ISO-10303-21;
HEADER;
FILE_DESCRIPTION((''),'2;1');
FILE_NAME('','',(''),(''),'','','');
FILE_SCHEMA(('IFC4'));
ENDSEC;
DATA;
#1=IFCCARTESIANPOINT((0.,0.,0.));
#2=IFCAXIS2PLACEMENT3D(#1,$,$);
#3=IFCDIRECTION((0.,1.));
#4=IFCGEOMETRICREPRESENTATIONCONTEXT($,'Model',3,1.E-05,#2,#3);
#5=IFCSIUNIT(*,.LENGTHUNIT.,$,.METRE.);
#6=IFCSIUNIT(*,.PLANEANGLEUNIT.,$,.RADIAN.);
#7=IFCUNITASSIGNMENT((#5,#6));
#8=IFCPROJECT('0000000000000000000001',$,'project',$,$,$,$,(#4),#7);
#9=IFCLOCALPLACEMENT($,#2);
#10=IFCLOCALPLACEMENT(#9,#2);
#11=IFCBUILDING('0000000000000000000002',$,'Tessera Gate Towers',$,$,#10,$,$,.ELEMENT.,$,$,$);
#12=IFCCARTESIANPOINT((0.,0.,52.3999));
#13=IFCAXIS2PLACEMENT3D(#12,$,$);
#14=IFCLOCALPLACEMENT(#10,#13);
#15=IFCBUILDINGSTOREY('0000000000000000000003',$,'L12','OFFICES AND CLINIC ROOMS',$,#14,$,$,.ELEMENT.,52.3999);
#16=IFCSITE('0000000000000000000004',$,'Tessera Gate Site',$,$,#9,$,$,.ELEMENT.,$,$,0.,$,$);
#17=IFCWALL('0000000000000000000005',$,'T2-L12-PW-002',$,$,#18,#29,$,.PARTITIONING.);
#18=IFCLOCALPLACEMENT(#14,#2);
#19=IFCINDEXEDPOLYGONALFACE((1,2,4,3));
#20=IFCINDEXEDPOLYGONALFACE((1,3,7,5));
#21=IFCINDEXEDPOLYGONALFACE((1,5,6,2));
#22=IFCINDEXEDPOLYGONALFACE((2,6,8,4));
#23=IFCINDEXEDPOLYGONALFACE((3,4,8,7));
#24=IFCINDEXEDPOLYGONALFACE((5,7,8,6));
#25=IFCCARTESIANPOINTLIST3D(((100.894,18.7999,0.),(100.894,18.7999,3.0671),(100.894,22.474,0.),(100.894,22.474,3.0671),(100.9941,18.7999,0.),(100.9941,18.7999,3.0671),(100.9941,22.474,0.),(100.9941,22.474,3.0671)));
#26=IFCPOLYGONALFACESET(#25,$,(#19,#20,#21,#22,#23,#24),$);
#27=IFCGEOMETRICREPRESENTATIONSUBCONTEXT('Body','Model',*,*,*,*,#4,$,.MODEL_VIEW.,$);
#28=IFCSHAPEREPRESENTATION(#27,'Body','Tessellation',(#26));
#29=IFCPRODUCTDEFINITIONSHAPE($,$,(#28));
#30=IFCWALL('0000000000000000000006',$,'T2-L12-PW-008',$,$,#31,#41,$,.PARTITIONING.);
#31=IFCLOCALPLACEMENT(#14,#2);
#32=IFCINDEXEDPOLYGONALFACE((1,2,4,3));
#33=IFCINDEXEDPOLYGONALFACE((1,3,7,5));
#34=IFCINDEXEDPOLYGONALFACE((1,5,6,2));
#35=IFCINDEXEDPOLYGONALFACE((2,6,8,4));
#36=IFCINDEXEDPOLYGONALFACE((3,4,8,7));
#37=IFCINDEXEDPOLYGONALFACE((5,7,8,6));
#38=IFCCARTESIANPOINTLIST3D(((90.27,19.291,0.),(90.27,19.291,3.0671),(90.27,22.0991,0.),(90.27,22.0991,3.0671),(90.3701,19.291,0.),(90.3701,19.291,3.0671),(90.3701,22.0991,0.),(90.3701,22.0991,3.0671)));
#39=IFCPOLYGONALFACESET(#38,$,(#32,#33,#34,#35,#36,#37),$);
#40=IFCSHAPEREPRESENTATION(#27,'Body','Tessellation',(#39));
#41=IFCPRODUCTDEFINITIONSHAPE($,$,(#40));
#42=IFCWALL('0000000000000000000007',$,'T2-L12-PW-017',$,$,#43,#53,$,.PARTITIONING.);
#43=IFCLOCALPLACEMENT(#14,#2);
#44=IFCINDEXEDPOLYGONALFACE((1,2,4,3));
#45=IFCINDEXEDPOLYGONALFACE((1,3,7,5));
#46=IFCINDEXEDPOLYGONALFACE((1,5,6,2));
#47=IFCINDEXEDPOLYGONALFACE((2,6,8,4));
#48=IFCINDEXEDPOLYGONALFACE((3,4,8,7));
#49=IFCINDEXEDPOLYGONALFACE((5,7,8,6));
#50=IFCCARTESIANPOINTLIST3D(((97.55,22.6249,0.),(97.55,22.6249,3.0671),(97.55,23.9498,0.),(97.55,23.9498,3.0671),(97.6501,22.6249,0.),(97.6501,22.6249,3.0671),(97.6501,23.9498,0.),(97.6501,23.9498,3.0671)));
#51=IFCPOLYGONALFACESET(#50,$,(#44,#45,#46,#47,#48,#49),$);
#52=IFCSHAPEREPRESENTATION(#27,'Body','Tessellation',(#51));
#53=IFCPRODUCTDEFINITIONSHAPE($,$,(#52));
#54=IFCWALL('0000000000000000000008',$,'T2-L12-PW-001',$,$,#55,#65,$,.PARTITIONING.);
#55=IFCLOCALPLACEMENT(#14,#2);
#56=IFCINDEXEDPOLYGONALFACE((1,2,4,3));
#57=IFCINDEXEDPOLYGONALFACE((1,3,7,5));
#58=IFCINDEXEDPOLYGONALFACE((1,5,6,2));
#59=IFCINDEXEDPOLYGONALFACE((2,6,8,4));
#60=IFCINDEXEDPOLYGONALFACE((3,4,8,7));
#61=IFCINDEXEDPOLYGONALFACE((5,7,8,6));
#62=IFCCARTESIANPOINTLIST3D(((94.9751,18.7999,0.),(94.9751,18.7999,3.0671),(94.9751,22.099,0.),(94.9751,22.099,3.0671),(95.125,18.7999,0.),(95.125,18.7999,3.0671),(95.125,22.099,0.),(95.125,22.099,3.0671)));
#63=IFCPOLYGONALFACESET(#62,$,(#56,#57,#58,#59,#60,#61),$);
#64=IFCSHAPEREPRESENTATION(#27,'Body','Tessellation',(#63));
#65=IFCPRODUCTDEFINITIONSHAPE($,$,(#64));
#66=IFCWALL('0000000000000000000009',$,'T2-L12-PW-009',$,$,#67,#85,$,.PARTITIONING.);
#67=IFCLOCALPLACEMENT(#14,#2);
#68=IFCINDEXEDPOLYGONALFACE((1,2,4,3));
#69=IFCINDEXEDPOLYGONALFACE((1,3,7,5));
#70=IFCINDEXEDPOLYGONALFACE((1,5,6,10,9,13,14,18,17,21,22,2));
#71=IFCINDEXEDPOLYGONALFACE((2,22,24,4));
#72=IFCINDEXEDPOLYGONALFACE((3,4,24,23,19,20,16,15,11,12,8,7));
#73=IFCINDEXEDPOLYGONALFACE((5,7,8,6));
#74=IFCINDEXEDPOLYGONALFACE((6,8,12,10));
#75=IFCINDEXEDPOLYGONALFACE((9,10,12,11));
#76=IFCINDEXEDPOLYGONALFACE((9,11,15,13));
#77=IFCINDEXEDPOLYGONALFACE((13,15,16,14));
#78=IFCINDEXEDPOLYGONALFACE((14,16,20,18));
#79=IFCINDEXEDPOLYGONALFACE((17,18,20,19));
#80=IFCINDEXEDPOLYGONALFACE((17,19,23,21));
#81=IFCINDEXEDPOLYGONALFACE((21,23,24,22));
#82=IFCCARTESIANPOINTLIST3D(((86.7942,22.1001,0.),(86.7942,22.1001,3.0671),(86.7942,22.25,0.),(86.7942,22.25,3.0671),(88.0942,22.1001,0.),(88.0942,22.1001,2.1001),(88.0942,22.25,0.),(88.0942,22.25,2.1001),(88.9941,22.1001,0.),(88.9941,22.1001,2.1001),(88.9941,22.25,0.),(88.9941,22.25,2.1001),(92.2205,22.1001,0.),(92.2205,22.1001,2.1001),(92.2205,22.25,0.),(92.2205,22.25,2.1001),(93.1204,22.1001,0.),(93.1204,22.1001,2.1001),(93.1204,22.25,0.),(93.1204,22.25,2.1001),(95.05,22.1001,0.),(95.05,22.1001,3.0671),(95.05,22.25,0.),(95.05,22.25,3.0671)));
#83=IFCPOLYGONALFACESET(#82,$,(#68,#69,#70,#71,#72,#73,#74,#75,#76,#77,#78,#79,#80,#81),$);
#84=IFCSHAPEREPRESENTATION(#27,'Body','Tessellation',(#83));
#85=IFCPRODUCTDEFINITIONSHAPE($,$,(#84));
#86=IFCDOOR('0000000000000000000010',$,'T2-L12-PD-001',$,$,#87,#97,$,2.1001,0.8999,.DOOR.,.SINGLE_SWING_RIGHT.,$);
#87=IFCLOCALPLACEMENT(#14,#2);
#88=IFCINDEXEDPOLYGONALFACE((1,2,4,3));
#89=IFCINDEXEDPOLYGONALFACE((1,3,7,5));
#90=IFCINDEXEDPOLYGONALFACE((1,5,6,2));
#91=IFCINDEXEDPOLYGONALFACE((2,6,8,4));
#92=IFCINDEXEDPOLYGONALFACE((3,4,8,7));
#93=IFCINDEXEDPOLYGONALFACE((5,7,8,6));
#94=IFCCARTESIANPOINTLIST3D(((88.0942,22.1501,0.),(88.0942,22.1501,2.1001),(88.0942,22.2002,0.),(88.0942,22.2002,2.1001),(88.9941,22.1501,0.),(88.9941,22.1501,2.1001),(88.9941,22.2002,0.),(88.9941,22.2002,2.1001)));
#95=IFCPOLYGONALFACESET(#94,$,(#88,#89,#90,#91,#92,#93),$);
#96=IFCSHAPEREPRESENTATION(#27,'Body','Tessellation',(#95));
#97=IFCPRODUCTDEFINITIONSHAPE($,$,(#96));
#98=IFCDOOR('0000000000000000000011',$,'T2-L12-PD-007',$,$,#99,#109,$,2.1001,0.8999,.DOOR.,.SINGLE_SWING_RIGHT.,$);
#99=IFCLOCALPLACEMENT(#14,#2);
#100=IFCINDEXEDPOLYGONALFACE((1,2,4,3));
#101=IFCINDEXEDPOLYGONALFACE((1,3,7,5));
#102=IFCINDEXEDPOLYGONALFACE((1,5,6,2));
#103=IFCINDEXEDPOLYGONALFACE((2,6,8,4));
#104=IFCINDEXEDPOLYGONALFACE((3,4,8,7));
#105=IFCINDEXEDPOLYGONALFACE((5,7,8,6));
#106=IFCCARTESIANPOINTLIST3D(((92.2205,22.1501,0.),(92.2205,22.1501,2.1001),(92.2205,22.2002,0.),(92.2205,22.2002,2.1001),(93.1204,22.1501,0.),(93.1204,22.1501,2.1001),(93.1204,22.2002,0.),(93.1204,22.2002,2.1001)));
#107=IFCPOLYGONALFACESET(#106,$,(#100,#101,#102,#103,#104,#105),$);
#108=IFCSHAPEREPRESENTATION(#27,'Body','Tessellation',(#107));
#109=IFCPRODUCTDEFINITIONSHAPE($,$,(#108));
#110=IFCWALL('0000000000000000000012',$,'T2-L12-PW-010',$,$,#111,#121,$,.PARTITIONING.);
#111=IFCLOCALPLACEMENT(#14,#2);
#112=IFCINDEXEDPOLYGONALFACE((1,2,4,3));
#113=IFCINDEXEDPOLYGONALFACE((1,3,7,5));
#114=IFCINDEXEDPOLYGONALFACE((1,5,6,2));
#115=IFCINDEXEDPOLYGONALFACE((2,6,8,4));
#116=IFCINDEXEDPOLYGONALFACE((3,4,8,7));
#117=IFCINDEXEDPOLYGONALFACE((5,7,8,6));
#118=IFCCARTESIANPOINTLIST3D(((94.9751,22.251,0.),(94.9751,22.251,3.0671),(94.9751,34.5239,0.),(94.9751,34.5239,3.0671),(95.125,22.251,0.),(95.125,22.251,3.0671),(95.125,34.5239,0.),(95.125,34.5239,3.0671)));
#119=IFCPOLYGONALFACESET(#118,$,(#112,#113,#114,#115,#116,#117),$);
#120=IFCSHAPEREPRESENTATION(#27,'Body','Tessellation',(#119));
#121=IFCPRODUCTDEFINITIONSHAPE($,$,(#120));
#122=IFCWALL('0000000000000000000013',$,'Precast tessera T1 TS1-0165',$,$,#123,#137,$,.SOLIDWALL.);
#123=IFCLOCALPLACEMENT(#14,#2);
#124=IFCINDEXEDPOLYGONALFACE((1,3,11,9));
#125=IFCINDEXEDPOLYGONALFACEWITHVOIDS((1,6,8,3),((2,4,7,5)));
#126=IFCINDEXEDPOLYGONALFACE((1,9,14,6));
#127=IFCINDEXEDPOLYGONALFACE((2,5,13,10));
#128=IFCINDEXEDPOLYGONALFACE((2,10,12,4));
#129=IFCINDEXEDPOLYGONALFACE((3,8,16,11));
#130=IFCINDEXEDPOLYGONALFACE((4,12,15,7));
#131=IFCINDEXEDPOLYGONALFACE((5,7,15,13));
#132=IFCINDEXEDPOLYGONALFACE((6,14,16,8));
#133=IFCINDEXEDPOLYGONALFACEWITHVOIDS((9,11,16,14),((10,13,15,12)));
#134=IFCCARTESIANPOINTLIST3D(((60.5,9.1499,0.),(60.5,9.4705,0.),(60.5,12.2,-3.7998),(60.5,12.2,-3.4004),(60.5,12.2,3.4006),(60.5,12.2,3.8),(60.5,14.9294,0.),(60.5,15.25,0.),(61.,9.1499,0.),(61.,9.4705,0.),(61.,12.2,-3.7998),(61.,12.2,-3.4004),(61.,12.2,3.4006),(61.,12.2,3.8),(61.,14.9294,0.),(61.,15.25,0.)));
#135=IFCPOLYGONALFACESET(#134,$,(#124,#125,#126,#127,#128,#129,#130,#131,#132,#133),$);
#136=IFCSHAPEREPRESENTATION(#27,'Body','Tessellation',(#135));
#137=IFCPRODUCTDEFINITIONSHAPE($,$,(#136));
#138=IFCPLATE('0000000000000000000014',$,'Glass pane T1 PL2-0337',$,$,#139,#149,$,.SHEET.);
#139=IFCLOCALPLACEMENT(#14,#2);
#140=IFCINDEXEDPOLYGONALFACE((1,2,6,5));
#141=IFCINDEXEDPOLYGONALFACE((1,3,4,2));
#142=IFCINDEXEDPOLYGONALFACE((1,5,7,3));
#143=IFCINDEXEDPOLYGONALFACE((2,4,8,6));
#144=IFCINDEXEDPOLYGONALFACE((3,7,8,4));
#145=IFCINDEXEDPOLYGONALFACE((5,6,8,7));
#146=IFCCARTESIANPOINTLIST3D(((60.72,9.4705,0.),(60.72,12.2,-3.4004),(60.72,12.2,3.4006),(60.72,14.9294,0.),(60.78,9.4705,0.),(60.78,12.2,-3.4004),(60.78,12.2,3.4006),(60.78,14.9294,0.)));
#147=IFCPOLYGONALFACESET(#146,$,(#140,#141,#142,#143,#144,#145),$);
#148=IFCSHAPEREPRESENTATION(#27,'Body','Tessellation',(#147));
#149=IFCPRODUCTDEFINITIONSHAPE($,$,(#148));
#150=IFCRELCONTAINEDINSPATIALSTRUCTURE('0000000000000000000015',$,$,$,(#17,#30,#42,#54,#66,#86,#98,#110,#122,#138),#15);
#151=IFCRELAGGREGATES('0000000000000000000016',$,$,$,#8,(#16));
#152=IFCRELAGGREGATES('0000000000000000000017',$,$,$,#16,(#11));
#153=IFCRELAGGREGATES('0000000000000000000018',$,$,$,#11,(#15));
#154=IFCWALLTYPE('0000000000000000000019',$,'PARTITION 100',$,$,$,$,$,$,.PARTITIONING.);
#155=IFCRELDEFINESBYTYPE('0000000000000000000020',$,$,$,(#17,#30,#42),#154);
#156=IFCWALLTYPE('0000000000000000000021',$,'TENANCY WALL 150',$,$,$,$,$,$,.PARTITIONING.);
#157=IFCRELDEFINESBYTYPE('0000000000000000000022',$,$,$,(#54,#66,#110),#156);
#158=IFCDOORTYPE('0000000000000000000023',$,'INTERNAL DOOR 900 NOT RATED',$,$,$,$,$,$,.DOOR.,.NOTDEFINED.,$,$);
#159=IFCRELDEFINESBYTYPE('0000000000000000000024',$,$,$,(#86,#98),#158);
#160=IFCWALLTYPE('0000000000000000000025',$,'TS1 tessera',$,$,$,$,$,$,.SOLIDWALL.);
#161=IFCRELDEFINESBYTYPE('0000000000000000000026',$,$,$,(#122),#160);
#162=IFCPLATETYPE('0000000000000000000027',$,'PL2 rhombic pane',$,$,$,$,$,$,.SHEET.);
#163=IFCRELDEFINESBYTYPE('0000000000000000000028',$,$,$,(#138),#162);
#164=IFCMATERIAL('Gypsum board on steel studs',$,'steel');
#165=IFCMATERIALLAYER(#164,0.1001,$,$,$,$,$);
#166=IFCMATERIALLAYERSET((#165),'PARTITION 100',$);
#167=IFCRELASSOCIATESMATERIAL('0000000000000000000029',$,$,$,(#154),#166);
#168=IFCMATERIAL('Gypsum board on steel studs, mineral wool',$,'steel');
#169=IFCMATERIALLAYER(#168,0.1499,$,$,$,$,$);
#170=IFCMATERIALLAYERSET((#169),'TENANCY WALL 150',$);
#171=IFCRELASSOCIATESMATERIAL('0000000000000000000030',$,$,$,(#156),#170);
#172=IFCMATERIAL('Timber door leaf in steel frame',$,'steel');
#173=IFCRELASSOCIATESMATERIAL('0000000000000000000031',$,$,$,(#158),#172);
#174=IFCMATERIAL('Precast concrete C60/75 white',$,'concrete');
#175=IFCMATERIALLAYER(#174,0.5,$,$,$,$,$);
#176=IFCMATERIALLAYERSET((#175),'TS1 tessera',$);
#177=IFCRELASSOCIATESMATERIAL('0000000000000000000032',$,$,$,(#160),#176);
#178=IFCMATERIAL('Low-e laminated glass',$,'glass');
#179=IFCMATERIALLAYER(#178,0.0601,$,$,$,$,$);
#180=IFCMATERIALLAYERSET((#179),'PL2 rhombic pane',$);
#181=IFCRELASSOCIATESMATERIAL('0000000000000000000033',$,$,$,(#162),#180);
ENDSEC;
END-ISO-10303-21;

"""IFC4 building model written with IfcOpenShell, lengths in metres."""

from ifc_helpers import new_model, si_unit, direction, frame, frame_2d, origin, place, context, subcontext, project, spatial, polyline, rectangle, outline, extrude, source, transform, mapped, material, layer, layer_set, type_object, element, fill, save


model = new_model("IFC4")

# Units and contexts
model_context = context("Model", 3, precision=1e-05, world=origin(), true_north=direction((0.0, 1.0)))
body_context = subcontext(model_context, "Body", "Model", "MODEL_VIEW")
ifc_project = project(units=[si_unit("LENGTHUNIT", "METRE"), si_unit("PLANEANGLEUNIT", "RADIAN")], contexts=[model_context])

# Site, building, storey
site_placement = place(None, origin())
site = spatial("IfcSite", under=ifc_project, at=site_placement, Name="Tessera Gate Site", CompositionType="ELEMENT", RefElevation=0.0)
building_placement = place(site_placement, origin())
building = spatial("IfcBuilding", under=site, at=building_placement, Name="Tessera Gate Towers", CompositionType="ELEMENT")
storey_placement = place(building_placement, frame((0.0, 0.0, 52.3999)))
storey = spatial("IfcBuildingStorey", under=building, at=storey_placement, Name="L12", Description="OFFICES AND CLINIC ROOMS", CompositionType="ELEMENT", Elevation=52.3999)

# Walls
ifc_material_1 = material(Name="Gypsum board on steel studs", Category="steel")
ifc_layer_1 = layer(ifc_material_1, 0.1001)
ifc_layer_set_1 = layer_set([ifc_layer_1], Name="PARTITION 100")
wall_type_1 = type_object("IfcWallType", Name="PARTITION 100", PredefinedType="PARTITIONING", material=ifc_layer_set_1)
wall_1_placement = place(storey_placement, frame((100.9441, 18.8, 0.0), z_axis=(0.0, 0.0, 1.0), x_axis=(0.0, 1.0, 0.0)))
element("IfcWall", 1, at=wall_1_placement, inside=storey, type_object=wall_type_1, Name="T2-L12-PW-002", PredefinedType="PARTITIONING", context=body_context, shape_type="SweptSolid", body=[
    extrude(rectangle(XDim=3.6741, YDim=0.1001, at=frame_2d((1.8369, 0.0))), origin(), (0.0, 0.0, 1.0), 3.0671),
])
wall_2_placement = place(storey_placement, frame((90.3201, 19.291, 0.0), z_axis=(0.0, 0.0, 1.0), x_axis=(0.0, 1.0, 0.0)))
element("IfcWall", 2, at=wall_2_placement, inside=storey, type_object=wall_type_1, Name="T2-L12-PW-008", PredefinedType="PARTITIONING", context=body_context, shape_type="SweptSolid", body=[
    extrude(rectangle(XDim=2.8081, YDim=0.1001, at=frame_2d((1.4041, 0.0))), origin(), (0.0, 0.0, 1.0), 3.0671),
])
wall_3_placement = place(storey_placement, frame((97.6001, 23.95, 0.0), z_axis=(0.0, 0.0, 1.0), x_axis=(0.0, -1.0, 0.0)))
element("IfcWall", 3, at=wall_3_placement, inside=storey, type_object=wall_type_1, Name="T2-L12-PW-017", PredefinedType="PARTITIONING", context=body_context, shape_type="SweptSolid", body=[
    extrude(rectangle(XDim=1.325, YDim=0.1001, at=frame_2d((0.6626, 0.0))), origin(), (0.0, 0.0, 1.0), 3.0671),
])
ifc_material_2 = material(Name="Gypsum board on steel studs, mineral wool", Category="steel")
ifc_layer_2 = layer(ifc_material_2, 0.1499)
ifc_layer_set_2 = layer_set([ifc_layer_2], Name="TENANCY WALL 150")
wall_type_2 = type_object("IfcWallType", Name="TENANCY WALL 150", PredefinedType="PARTITIONING", material=ifc_layer_set_2)
wall_4_placement = place(storey_placement, frame((95.05, 18.8, 0.0), z_axis=(0.0, 0.0, 1.0), x_axis=(0.0, 1.0, 0.0)))
element("IfcWall", 4, at=wall_4_placement, inside=storey, type_object=wall_type_2, Name="T2-L12-PW-001", PredefinedType="PARTITIONING", context=body_context, shape_type="SweptSolid", body=[
    extrude(rectangle(XDim=3.2991, YDim=0.1499, at=frame_2d((1.6494, 0.0))), origin(), (0.0, 0.0, 1.0), 3.0671),
])

# Wall, openings, doors
wall_5_placement = place(storey_placement, frame((95.05, 22.175, 0.0), z_axis=(0.0, 0.0, 1.0), x_axis=(-1.0, 0.0, 0.0)))
wall_5 = element("IfcWall", 5, at=wall_5_placement, inside=storey, type_object=wall_type_2, Name="T2-L12-PW-009", PredefinedType="PARTITIONING", context=body_context, shape_type="SweptSolid", body=[
    extrude(rectangle(XDim=8.2559, YDim=0.1499, at=frame_2d((4.1279, 0.0))), origin(), (0.0, 0.0, 1.0), 3.0671),
])
shared_shape_1 = source(origin(), body_context, "Body", "SweptSolid", [
    extrude(rectangle(XDim=0.8999, YDim=2.1001, at=frame_2d((0.45, 1.05))), frame((0.0, 0.085, 0.0), z_axis=(0.0, -1.0, 0.0), x_axis=(1.0, 0.0, 0.0)), (0.0, 0.0, 1.0), 0.1699),
])
opening_1_placement = place(wall_5_placement, frame((6.0559, 0.0, 0.0)))
opening_1 = element("IfcOpeningElement", 6, at=opening_1_placement, cuts=wall_5, PredefinedType="OPENING", context=body_context, shape_type="MappedRepresentation", body=[
    mapped(shared_shape_1, transform((0.0, 0.0, 0.0), scale=1.0)),
])
opening_2_placement = place(wall_5_placement, frame((1.9297, 0.0, 0.0)))
opening_2 = element("IfcOpeningElement", 7, at=opening_2_placement, cuts=wall_5, PredefinedType="OPENING", context=body_context, shape_type="MappedRepresentation", body=[
    mapped(shared_shape_1, transform((0.0, 0.0, 0.0), scale=1.0)),
])
ifc_material_3 = material(Name="Timber door leaf in steel frame", Category="steel")
door_type = type_object("IfcDoorType", Name="INTERNAL DOOR 900 NOT RATED", OperationType="NOTDEFINED", PredefinedType="DOOR", material=ifc_material_3)
shared_shape_2 = source(origin(), body_context, "Body", "SweptSolid", [
    extrude(rectangle(XDim=0.8999, YDim=2.1001, at=frame_2d((0.45, 1.05))), frame((0.0, 0.0249, 0.0), z_axis=(0.0, -1.0, 0.0), x_axis=(1.0, 0.0, 0.0)), (0.0, 0.0, 1.0), 0.05),
])
door_1_placement = place(opening_1_placement, origin())
door_1 = element("IfcDoor", 8, at=door_1_placement, inside=storey, type_object=door_type, Name="T2-L12-PD-001", OperationType="SINGLE_SWING_RIGHT", OverallHeight=2.1001, OverallWidth=0.8999, PredefinedType="DOOR", context=body_context, shape_type="MappedRepresentation", body=[
    mapped(shared_shape_2, transform((0.0, 0.0, 0.0), scale=1.0)),
])
fill(opening_1, door_1)
door_2_placement = place(opening_2_placement, origin())
door_2 = element("IfcDoor", 9, at=door_2_placement, inside=storey, type_object=door_type, Name="T2-L12-PD-007", OperationType="SINGLE_SWING_RIGHT", OverallHeight=2.1001, OverallWidth=0.8999, PredefinedType="DOOR", context=body_context, shape_type="MappedRepresentation", body=[
    mapped(shared_shape_2, transform((0.0, 0.0, 0.0), scale=1.0)),
])
fill(opening_2, door_2)

# Wall
wall_6_placement = place(storey_placement, frame((95.05, 22.251, 0.0), z_axis=(0.0, 0.0, 1.0), x_axis=(0.0, 1.0, 0.0)))
element("IfcWall", 10, at=wall_6_placement, inside=storey, type_object=wall_type_2, Name="T2-L12-PW-010", PredefinedType="PARTITIONING", context=body_context, shape_type="SweptSolid", body=[
    extrude(rectangle(XDim=12.2729, YDim=0.1499, at=frame_2d((6.1365, 0.0))), origin(), (0.0, 0.0, 1.0), 3.0671),
])

# Wall, opening, plate
ifc_material_4 = material(Name="Precast concrete C60/75 white", Category="concrete")
ifc_layer_3 = layer(ifc_material_4, 0.5)
ifc_layer_set_3 = layer_set([ifc_layer_3], Name="TS1 tessera")
wall_type_3 = type_object("IfcWallType", Name="TS1 tessera", PredefinedType="SOLIDWALL", material=ifc_layer_set_3)
shared_shape_3 = source(origin(), body_context, "Body", "SweptSolid", [
    extrude(outline(polyline([(3.05, 0.0), (6.1001, 3.7998), (3.05, 7.5999), (0.0, 3.7998), (3.05, 0.0)])), frame((0.0, 0.25, 0.0), z_axis=(0.0, -1.0, 0.0), x_axis=(1.0, 0.0, 0.0)), (0.0, 0.0, 1.0), 0.5),
])
wall_7_placement = place(storey_placement, frame((60.75, 9.1499, -3.7998), z_axis=(0.0, 0.0, 1.0), x_axis=(0.0, 1.0, 0.0)))
wall_7 = element("IfcWall", 11, at=wall_7_placement, inside=storey, type_object=wall_type_3, Name="Precast tessera T1 TS1-0165", PredefinedType="SOLIDWALL", context=body_context, shape_type="MappedRepresentation", body=[
    mapped(shared_shape_3, transform((0.0, 0.0, 0.0), scale=1.0)),
])
shared_shape_4 = source(origin(), body_context, "Body", "SweptSolid", [
    extrude(outline(polyline([(3.05, 0.3994), (5.7795, 3.7998), (3.05, 7.2004), (0.3206, 3.7998), (3.05, 0.3994)])), frame((0.0, 0.26, 0.0), z_axis=(0.0, -1.0, 0.0), x_axis=(1.0, 0.0, 0.0)), (0.0, 0.0, 1.0), 0.52),
])
opening_3_placement = place(wall_7_placement, origin())
opening_3 = element("IfcOpeningElement", 12, at=opening_3_placement, cuts=wall_7, PredefinedType="OPENING", context=body_context, shape_type="MappedRepresentation", body=[
    mapped(shared_shape_4, transform((0.0, 0.0, 0.0), scale=1.0)),
])
ifc_material_5 = material(Name="Low-e laminated glass", Category="glass")
ifc_layer_4 = layer(ifc_material_5, 0.0601)
ifc_layer_set_4 = layer_set([ifc_layer_4], Name="PL2 rhombic pane")
plate_type = type_object("IfcPlateType", Name="PL2 rhombic pane", PredefinedType="SHEET", material=ifc_layer_set_4)
shared_shape_5 = source(origin(), body_context, "Body", "SweptSolid", [
    extrude(outline(polyline([(3.05, 0.3994), (5.7795, 3.7998), (3.05, 7.2004), (0.3206, 3.7998), (3.05, 0.3994)])), frame((0.0, 0.03, 0.0), z_axis=(0.0, -1.0, 0.0), x_axis=(1.0, 0.0, 0.0)), (0.0, 0.0, 1.0), 0.0601),
])
plate_1_placement = place(opening_3_placement, origin())
plate_1 = element("IfcPlate", 13, at=plate_1_placement, inside=storey, type_object=plate_type, Name="Glass pane T1 PL2-0337", PredefinedType="SHEET", context=body_context, shape_type="MappedRepresentation", body=[
    mapped(shared_shape_5, transform((0.0, 0.0, 0.0), scale=1.0)),
])
fill(opening_3, plate_1)

save(model, "model.ifc")
